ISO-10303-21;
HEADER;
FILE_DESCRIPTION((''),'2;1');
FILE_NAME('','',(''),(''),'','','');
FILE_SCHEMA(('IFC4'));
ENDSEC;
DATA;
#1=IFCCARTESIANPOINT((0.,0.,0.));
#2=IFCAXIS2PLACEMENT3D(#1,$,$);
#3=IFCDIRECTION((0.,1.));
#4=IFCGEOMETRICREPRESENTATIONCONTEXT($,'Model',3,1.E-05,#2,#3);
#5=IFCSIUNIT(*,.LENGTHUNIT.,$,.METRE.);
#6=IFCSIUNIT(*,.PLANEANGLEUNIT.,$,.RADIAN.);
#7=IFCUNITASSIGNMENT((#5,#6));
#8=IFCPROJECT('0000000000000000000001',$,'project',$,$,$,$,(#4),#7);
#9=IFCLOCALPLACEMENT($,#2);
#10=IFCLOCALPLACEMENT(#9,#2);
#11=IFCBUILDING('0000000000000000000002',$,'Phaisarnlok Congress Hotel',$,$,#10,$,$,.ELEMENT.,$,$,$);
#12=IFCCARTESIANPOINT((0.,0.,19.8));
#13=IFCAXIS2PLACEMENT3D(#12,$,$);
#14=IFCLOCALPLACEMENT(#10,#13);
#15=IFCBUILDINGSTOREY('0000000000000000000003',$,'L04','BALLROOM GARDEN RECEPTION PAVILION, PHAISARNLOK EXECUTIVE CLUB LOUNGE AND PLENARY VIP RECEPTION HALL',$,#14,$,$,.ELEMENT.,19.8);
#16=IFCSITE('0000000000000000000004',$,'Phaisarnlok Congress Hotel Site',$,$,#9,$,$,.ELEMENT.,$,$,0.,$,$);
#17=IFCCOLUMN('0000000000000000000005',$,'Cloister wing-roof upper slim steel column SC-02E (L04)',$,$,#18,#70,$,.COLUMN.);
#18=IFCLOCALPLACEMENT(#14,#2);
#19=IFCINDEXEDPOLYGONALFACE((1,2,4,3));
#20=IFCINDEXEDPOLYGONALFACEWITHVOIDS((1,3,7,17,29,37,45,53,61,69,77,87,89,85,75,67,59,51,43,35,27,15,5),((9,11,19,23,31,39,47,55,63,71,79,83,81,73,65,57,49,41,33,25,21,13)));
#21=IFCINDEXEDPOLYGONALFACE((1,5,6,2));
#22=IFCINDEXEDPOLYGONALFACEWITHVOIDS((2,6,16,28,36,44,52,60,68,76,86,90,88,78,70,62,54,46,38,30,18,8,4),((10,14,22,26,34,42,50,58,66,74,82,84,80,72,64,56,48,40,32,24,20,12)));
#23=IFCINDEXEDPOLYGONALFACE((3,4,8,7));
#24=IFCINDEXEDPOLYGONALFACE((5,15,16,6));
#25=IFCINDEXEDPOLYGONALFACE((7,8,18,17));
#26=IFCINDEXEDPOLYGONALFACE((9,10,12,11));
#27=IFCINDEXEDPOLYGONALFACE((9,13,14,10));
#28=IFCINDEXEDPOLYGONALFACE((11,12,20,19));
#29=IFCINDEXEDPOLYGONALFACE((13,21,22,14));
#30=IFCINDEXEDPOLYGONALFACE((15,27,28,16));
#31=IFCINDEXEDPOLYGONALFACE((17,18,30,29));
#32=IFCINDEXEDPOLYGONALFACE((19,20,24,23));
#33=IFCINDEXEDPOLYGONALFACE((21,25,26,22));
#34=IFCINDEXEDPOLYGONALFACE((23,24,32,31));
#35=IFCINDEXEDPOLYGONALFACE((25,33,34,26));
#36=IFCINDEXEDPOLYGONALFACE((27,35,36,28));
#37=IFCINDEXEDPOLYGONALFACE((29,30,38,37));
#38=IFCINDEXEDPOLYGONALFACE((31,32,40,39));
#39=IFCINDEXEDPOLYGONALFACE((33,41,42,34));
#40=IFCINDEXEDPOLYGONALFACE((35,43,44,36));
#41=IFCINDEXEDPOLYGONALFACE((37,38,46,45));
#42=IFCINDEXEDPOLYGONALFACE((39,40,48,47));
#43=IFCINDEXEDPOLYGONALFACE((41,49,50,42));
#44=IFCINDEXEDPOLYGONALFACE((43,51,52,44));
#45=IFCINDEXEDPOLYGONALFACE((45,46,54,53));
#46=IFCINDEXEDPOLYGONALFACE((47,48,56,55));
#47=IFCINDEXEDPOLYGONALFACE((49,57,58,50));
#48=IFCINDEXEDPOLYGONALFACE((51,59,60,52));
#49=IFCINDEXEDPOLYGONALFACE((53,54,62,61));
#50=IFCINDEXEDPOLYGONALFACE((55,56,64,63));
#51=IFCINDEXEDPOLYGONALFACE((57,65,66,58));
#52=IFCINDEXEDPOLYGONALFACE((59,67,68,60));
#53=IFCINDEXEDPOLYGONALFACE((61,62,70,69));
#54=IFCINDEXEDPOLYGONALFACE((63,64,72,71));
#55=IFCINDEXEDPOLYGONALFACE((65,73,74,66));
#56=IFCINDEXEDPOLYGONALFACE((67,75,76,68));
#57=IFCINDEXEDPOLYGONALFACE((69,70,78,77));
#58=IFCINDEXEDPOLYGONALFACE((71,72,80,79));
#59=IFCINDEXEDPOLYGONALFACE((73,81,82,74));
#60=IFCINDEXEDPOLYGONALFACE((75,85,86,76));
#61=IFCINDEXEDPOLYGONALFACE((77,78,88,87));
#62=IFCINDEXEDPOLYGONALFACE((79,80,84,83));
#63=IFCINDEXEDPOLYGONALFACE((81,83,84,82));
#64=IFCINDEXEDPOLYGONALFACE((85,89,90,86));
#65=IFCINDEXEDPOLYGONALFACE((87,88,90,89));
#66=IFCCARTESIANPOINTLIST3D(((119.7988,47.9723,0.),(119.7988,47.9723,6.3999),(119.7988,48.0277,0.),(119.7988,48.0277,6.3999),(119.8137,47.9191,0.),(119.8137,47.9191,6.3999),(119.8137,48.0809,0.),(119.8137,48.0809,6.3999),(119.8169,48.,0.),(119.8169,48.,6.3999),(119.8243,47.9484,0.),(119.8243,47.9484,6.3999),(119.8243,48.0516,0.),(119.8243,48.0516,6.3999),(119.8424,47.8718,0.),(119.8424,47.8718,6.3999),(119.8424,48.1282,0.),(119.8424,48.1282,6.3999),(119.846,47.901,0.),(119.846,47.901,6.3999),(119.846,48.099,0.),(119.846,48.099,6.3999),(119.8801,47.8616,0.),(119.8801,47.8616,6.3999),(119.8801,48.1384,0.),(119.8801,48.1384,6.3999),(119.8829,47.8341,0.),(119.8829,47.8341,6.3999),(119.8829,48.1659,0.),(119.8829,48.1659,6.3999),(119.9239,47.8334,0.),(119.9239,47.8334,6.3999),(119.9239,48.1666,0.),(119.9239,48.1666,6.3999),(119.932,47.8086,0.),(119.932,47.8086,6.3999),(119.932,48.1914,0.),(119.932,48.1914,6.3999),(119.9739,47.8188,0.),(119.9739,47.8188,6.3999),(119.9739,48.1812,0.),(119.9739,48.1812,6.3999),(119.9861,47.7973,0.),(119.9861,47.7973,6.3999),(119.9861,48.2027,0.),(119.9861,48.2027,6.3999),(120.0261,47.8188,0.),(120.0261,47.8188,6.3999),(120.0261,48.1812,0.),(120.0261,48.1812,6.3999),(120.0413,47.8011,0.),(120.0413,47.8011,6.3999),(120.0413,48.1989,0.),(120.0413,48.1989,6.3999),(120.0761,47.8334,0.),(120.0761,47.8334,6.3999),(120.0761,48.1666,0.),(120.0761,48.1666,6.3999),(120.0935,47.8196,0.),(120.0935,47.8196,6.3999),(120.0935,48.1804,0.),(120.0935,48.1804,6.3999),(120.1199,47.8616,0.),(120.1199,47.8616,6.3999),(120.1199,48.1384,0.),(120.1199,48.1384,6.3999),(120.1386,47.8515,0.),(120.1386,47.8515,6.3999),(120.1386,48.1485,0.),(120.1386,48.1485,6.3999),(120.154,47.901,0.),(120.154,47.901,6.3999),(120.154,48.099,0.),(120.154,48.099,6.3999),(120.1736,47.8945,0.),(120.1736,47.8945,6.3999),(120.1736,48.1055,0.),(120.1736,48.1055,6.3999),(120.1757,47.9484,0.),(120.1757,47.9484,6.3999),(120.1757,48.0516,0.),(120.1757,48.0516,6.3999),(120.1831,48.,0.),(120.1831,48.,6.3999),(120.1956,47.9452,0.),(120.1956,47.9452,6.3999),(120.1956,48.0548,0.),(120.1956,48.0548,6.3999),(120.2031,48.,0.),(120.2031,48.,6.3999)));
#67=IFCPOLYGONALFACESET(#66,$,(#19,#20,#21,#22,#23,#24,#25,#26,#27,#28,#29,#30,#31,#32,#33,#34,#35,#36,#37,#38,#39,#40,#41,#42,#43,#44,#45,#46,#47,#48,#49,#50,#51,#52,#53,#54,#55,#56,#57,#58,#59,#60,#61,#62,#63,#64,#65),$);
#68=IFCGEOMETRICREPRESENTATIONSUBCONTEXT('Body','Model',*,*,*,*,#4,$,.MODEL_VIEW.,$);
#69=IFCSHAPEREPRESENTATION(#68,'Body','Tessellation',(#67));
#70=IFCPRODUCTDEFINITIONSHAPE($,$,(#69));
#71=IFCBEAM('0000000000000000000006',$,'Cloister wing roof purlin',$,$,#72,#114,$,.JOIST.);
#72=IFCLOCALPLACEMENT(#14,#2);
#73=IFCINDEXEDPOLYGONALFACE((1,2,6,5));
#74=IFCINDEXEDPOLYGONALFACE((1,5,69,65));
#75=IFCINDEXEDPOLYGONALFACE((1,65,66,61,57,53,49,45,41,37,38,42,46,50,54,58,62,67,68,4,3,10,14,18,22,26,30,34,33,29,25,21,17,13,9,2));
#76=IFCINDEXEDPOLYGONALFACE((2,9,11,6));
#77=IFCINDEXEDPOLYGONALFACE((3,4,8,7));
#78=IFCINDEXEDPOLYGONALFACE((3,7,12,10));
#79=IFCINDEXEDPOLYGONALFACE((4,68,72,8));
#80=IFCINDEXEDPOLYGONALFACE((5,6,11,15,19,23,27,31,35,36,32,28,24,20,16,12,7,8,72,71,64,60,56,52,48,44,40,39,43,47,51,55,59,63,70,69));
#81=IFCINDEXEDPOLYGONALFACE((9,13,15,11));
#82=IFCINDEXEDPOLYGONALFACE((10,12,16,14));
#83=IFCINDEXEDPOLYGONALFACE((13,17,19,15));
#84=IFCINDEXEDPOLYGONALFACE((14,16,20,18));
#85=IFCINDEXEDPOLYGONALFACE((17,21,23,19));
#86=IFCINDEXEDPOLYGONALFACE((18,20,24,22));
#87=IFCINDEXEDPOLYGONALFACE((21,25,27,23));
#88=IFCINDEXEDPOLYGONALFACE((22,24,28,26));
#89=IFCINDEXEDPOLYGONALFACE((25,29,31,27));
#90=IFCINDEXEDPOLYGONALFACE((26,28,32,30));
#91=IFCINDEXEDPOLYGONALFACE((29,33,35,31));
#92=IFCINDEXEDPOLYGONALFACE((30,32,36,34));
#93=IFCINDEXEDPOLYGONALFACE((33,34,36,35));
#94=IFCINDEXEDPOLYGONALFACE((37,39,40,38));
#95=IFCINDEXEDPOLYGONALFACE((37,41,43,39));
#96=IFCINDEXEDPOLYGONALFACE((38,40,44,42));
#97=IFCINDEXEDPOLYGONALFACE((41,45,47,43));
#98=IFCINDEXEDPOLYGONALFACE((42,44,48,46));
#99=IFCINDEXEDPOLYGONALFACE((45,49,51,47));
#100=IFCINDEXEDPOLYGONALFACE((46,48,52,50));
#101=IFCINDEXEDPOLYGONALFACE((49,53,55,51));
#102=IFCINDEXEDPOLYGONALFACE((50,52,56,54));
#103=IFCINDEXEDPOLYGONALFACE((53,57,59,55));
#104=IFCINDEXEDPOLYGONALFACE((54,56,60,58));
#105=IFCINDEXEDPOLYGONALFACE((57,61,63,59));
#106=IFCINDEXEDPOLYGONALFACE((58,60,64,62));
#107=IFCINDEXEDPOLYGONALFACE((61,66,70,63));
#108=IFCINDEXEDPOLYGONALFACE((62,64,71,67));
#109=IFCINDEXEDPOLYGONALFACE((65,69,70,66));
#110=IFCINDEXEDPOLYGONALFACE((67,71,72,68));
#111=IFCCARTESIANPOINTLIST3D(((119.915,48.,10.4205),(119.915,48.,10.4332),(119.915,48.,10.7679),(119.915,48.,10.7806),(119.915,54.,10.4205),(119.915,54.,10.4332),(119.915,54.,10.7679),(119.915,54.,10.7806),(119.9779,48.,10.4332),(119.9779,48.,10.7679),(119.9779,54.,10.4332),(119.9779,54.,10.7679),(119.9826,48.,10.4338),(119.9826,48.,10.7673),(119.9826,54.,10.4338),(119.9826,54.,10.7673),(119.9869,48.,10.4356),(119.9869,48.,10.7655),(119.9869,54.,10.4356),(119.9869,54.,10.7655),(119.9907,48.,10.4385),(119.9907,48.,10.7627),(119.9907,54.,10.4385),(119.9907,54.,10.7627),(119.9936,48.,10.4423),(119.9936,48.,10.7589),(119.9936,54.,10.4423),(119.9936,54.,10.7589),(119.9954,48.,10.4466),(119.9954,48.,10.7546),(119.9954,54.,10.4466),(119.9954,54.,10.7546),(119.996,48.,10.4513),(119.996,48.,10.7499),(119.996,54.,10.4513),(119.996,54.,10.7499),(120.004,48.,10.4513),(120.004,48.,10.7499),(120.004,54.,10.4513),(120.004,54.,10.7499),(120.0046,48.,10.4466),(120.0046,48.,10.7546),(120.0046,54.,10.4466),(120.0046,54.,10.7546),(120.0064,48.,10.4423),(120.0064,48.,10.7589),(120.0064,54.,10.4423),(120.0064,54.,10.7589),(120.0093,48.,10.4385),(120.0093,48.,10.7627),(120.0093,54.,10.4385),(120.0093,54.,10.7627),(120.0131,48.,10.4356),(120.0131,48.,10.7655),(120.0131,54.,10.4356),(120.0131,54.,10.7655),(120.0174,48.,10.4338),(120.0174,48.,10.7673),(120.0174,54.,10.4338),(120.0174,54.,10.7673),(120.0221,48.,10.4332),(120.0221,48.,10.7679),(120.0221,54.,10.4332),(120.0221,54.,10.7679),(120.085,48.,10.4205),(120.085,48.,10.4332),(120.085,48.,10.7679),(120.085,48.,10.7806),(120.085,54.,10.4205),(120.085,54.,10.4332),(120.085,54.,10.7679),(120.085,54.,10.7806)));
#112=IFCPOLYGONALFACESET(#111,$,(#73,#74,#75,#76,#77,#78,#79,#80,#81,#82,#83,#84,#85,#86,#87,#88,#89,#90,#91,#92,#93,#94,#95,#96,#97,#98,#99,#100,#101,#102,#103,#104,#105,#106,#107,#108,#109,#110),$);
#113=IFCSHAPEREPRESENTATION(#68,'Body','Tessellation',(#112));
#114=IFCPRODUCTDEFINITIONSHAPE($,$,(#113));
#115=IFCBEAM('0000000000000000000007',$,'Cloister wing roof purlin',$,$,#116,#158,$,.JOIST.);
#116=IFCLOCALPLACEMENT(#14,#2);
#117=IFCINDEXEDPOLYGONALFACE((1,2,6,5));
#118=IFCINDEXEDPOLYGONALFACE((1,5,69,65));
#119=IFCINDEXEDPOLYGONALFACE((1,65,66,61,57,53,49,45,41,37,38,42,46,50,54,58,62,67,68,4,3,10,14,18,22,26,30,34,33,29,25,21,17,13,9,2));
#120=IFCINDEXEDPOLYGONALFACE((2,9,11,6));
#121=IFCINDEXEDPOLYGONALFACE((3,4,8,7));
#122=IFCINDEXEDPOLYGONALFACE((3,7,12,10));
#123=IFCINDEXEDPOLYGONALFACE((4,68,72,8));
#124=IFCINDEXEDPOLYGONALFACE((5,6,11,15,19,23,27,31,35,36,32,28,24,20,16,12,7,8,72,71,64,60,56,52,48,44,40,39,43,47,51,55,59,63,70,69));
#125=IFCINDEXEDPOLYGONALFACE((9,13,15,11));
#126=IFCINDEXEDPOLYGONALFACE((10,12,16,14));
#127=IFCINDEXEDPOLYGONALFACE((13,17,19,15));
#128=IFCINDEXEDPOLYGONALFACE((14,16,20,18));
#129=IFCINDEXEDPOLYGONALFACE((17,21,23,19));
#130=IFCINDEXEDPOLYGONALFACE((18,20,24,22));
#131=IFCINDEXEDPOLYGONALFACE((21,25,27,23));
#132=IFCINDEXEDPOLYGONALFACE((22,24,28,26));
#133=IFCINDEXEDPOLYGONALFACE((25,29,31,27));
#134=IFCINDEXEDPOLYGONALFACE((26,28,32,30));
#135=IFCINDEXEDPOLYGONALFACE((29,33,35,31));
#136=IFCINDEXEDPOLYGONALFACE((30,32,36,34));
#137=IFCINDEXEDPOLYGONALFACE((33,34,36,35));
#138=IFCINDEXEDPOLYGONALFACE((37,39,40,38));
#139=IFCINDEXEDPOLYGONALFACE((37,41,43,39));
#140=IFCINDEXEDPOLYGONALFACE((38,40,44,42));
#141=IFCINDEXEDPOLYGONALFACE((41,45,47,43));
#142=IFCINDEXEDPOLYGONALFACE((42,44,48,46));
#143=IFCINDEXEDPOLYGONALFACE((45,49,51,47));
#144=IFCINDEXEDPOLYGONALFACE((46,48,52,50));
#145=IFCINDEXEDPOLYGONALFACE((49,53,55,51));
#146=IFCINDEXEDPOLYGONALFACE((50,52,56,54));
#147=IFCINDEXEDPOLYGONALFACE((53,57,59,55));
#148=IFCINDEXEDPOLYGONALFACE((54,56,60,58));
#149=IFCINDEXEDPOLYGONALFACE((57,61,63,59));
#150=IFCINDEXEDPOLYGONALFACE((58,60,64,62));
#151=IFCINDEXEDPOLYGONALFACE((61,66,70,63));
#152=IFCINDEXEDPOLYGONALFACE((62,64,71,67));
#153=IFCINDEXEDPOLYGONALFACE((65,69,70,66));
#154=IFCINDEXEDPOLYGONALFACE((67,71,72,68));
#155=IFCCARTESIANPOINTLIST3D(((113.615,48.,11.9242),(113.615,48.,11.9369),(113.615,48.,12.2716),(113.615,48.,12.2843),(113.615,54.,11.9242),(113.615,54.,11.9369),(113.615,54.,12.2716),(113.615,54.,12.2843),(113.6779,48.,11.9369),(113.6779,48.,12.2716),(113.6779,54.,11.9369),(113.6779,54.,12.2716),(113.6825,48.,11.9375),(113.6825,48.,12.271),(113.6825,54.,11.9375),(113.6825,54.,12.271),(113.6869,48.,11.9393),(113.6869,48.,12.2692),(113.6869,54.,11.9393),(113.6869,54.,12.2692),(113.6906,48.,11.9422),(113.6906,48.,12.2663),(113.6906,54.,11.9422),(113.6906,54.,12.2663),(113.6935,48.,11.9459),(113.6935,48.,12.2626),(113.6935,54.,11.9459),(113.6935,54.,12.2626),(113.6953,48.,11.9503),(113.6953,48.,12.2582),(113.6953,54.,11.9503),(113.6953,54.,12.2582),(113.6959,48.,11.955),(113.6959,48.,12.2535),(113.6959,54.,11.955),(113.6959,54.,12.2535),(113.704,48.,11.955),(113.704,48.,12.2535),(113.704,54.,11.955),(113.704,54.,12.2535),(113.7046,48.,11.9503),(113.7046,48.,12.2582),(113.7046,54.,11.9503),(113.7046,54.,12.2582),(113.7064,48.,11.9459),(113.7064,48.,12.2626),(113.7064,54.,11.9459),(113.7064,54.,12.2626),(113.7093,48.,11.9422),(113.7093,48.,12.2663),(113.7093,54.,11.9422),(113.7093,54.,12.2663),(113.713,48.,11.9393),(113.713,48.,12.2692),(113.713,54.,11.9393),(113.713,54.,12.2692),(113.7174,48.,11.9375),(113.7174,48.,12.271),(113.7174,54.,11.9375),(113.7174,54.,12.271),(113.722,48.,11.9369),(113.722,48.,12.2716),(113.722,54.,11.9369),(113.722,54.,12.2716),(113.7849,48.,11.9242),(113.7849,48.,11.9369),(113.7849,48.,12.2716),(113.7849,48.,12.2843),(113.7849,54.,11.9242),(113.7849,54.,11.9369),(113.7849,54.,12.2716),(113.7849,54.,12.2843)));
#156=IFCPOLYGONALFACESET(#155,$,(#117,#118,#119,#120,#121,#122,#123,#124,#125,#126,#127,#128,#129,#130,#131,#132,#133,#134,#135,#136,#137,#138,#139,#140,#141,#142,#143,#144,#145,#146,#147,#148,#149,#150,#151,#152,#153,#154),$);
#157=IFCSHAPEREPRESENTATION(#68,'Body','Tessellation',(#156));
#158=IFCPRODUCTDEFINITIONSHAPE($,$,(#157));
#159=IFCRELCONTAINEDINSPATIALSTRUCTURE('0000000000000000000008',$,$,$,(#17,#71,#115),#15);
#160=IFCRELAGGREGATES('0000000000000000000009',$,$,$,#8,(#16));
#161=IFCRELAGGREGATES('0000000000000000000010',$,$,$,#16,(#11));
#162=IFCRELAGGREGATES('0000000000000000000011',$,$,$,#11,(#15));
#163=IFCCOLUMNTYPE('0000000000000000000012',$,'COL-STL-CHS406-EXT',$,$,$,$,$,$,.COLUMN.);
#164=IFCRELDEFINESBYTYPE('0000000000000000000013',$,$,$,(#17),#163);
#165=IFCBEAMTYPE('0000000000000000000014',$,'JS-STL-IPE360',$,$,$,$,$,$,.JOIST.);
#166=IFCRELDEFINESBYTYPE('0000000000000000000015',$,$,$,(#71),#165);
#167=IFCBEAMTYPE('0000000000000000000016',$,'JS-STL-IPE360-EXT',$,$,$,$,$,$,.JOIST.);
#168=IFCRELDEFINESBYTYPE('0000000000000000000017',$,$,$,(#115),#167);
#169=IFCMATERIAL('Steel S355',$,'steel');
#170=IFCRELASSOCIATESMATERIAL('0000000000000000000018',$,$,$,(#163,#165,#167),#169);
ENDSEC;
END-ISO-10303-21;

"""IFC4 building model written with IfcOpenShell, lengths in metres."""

from ifc_helpers import new_model, si_unit, direction, frame, origin, origin_2d, place, context, subcontext, project, spatial, hollow_circle, i_section, extrude, material, material_profile, profile_set, type_object, element, save


model = new_model("IFC4")

# Units and contexts
model_context = context("Model", 3, precision=1e-05, world=origin(), true_north=direction((0.0, 1.0)))
body_context = subcontext(model_context, "Body", "Model", "MODEL_VIEW")
ifc_project = project(units=[si_unit("LENGTHUNIT", "METRE"), si_unit("PLANEANGLEUNIT", "RADIAN")], contexts=[model_context])

# Site, building, storey
site_placement = place(None, origin())
site = spatial("IfcSite", under=ifc_project, at=site_placement, Name="Phaisarnlok Congress Hotel Site", CompositionType="ELEMENT", RefElevation=0.0)
building_placement = place(site_placement, origin())
building = spatial("IfcBuilding", under=site, at=building_placement, Name="Phaisarnlok Congress Hotel", CompositionType="ELEMENT")
storey_placement = place(building_placement, frame((0.0, 0.0, 19.8)))
storey = spatial("IfcBuildingStorey", under=building, at=storey_placement, Name="L04", Description="BALLROOM GARDEN RECEPTION PAVILION, PHAISARNLOK EXECUTIVE CLUB LOUNGE AND PLENARY VIP RECEPTION HALL", CompositionType="ELEMENT", Elevation=19.8)

# Column
ifc_material_1 = material(Name="Steel S355", Category="steel")
ifc_material_profile_1 = material_profile(ifc_material_1, hollow_circle(Radius=0.2031, WallThickness=0.02, at=origin_2d()), Name="CHS 406.4x20")
ifc_profile_set_1 = profile_set([ifc_material_profile_1], Name="Steel S355")
column_type = type_object("IfcColumnType", Name="COL-STL-CHS406-EXT", PredefinedType="COLUMN", material=ifc_profile_set_1)
column_placement = place(storey_placement, frame((120.0, 48.0, 0.0), z_axis=(0.0, 0.0, 1.0), x_axis=(1.0, 0.0, 0.0)))
element("IfcColumn", 1, at=column_placement, inside=storey, type_object=column_type, Name="Cloister wing-roof upper slim steel column SC-02E (L04)", PredefinedType="COLUMN", context=body_context, shape_type="SweptSolid", body=[
    extrude(hollow_circle(Radius=0.2031, WallThickness=0.02, at=origin_2d()), origin(), (0.0, 0.0, 1.0), 6.3999),
])

# Beams
ifc_material_profile_2 = material_profile(ifc_material_1, i_section(OverallWidth=0.1699, OverallDepth=0.3601, WebThickness=0.0081, FlangeThickness=0.0127, FilletRadius=0.0181, at=origin_2d()), Name="IPE 360")
ifc_profile_set_2 = profile_set([ifc_material_profile_2], Name="Steel S355")
beam_type_1 = type_object("IfcBeamType", Name="JS-STL-IPE360", PredefinedType="JOIST", material=ifc_profile_set_2)
beam_1_placement = place(storey_placement, frame((120.0, 48.0, 10.6006), z_axis=(0.0, 1.0, 0.0), x_axis=(-1.0, 0.0, 0.0)))
element("IfcBeam", 2, at=beam_1_placement, inside=storey, type_object=beam_type_1, Name="Cloister wing roof purlin", PredefinedType="JOIST", context=body_context, shape_type="SweptSolid", body=[
    extrude(i_section(OverallWidth=0.1699, OverallDepth=0.3601, WebThickness=0.0081, FlangeThickness=0.0127, FilletRadius=0.0181, at=origin_2d()), origin(), (0.0, 0.0, 1.0), 6.0),
])
ifc_material_profile_3 = material_profile(ifc_material_1, i_section(OverallWidth=0.1699, OverallDepth=0.3601, WebThickness=0.0081, FlangeThickness=0.0127, FilletRadius=0.0181, at=origin_2d()), Name="IPE 360")
ifc_profile_set_3 = profile_set([ifc_material_profile_3], Name="Steel S355")
beam_type_2 = type_object("IfcBeamType", Name="JS-STL-IPE360-EXT", PredefinedType="JOIST", material=ifc_profile_set_3)
beam_2_placement = place(storey_placement, frame((113.7, 48.0, 12.1042), z_axis=(0.0, 1.0, 0.0), x_axis=(-1.0, 0.0, 0.0)))
element("IfcBeam", 3, at=beam_2_placement, inside=storey, type_object=beam_type_2, Name="Cloister wing roof purlin", PredefinedType="JOIST", context=body_context, shape_type="SweptSolid", body=[
    extrude(i_section(OverallWidth=0.1699, OverallDepth=0.3601, WebThickness=0.0081, FlangeThickness=0.0127, FilletRadius=0.0181, at=origin_2d()), origin(), (0.0, 0.0, 1.0), 6.0),
])

save(model, "model.ifc")
